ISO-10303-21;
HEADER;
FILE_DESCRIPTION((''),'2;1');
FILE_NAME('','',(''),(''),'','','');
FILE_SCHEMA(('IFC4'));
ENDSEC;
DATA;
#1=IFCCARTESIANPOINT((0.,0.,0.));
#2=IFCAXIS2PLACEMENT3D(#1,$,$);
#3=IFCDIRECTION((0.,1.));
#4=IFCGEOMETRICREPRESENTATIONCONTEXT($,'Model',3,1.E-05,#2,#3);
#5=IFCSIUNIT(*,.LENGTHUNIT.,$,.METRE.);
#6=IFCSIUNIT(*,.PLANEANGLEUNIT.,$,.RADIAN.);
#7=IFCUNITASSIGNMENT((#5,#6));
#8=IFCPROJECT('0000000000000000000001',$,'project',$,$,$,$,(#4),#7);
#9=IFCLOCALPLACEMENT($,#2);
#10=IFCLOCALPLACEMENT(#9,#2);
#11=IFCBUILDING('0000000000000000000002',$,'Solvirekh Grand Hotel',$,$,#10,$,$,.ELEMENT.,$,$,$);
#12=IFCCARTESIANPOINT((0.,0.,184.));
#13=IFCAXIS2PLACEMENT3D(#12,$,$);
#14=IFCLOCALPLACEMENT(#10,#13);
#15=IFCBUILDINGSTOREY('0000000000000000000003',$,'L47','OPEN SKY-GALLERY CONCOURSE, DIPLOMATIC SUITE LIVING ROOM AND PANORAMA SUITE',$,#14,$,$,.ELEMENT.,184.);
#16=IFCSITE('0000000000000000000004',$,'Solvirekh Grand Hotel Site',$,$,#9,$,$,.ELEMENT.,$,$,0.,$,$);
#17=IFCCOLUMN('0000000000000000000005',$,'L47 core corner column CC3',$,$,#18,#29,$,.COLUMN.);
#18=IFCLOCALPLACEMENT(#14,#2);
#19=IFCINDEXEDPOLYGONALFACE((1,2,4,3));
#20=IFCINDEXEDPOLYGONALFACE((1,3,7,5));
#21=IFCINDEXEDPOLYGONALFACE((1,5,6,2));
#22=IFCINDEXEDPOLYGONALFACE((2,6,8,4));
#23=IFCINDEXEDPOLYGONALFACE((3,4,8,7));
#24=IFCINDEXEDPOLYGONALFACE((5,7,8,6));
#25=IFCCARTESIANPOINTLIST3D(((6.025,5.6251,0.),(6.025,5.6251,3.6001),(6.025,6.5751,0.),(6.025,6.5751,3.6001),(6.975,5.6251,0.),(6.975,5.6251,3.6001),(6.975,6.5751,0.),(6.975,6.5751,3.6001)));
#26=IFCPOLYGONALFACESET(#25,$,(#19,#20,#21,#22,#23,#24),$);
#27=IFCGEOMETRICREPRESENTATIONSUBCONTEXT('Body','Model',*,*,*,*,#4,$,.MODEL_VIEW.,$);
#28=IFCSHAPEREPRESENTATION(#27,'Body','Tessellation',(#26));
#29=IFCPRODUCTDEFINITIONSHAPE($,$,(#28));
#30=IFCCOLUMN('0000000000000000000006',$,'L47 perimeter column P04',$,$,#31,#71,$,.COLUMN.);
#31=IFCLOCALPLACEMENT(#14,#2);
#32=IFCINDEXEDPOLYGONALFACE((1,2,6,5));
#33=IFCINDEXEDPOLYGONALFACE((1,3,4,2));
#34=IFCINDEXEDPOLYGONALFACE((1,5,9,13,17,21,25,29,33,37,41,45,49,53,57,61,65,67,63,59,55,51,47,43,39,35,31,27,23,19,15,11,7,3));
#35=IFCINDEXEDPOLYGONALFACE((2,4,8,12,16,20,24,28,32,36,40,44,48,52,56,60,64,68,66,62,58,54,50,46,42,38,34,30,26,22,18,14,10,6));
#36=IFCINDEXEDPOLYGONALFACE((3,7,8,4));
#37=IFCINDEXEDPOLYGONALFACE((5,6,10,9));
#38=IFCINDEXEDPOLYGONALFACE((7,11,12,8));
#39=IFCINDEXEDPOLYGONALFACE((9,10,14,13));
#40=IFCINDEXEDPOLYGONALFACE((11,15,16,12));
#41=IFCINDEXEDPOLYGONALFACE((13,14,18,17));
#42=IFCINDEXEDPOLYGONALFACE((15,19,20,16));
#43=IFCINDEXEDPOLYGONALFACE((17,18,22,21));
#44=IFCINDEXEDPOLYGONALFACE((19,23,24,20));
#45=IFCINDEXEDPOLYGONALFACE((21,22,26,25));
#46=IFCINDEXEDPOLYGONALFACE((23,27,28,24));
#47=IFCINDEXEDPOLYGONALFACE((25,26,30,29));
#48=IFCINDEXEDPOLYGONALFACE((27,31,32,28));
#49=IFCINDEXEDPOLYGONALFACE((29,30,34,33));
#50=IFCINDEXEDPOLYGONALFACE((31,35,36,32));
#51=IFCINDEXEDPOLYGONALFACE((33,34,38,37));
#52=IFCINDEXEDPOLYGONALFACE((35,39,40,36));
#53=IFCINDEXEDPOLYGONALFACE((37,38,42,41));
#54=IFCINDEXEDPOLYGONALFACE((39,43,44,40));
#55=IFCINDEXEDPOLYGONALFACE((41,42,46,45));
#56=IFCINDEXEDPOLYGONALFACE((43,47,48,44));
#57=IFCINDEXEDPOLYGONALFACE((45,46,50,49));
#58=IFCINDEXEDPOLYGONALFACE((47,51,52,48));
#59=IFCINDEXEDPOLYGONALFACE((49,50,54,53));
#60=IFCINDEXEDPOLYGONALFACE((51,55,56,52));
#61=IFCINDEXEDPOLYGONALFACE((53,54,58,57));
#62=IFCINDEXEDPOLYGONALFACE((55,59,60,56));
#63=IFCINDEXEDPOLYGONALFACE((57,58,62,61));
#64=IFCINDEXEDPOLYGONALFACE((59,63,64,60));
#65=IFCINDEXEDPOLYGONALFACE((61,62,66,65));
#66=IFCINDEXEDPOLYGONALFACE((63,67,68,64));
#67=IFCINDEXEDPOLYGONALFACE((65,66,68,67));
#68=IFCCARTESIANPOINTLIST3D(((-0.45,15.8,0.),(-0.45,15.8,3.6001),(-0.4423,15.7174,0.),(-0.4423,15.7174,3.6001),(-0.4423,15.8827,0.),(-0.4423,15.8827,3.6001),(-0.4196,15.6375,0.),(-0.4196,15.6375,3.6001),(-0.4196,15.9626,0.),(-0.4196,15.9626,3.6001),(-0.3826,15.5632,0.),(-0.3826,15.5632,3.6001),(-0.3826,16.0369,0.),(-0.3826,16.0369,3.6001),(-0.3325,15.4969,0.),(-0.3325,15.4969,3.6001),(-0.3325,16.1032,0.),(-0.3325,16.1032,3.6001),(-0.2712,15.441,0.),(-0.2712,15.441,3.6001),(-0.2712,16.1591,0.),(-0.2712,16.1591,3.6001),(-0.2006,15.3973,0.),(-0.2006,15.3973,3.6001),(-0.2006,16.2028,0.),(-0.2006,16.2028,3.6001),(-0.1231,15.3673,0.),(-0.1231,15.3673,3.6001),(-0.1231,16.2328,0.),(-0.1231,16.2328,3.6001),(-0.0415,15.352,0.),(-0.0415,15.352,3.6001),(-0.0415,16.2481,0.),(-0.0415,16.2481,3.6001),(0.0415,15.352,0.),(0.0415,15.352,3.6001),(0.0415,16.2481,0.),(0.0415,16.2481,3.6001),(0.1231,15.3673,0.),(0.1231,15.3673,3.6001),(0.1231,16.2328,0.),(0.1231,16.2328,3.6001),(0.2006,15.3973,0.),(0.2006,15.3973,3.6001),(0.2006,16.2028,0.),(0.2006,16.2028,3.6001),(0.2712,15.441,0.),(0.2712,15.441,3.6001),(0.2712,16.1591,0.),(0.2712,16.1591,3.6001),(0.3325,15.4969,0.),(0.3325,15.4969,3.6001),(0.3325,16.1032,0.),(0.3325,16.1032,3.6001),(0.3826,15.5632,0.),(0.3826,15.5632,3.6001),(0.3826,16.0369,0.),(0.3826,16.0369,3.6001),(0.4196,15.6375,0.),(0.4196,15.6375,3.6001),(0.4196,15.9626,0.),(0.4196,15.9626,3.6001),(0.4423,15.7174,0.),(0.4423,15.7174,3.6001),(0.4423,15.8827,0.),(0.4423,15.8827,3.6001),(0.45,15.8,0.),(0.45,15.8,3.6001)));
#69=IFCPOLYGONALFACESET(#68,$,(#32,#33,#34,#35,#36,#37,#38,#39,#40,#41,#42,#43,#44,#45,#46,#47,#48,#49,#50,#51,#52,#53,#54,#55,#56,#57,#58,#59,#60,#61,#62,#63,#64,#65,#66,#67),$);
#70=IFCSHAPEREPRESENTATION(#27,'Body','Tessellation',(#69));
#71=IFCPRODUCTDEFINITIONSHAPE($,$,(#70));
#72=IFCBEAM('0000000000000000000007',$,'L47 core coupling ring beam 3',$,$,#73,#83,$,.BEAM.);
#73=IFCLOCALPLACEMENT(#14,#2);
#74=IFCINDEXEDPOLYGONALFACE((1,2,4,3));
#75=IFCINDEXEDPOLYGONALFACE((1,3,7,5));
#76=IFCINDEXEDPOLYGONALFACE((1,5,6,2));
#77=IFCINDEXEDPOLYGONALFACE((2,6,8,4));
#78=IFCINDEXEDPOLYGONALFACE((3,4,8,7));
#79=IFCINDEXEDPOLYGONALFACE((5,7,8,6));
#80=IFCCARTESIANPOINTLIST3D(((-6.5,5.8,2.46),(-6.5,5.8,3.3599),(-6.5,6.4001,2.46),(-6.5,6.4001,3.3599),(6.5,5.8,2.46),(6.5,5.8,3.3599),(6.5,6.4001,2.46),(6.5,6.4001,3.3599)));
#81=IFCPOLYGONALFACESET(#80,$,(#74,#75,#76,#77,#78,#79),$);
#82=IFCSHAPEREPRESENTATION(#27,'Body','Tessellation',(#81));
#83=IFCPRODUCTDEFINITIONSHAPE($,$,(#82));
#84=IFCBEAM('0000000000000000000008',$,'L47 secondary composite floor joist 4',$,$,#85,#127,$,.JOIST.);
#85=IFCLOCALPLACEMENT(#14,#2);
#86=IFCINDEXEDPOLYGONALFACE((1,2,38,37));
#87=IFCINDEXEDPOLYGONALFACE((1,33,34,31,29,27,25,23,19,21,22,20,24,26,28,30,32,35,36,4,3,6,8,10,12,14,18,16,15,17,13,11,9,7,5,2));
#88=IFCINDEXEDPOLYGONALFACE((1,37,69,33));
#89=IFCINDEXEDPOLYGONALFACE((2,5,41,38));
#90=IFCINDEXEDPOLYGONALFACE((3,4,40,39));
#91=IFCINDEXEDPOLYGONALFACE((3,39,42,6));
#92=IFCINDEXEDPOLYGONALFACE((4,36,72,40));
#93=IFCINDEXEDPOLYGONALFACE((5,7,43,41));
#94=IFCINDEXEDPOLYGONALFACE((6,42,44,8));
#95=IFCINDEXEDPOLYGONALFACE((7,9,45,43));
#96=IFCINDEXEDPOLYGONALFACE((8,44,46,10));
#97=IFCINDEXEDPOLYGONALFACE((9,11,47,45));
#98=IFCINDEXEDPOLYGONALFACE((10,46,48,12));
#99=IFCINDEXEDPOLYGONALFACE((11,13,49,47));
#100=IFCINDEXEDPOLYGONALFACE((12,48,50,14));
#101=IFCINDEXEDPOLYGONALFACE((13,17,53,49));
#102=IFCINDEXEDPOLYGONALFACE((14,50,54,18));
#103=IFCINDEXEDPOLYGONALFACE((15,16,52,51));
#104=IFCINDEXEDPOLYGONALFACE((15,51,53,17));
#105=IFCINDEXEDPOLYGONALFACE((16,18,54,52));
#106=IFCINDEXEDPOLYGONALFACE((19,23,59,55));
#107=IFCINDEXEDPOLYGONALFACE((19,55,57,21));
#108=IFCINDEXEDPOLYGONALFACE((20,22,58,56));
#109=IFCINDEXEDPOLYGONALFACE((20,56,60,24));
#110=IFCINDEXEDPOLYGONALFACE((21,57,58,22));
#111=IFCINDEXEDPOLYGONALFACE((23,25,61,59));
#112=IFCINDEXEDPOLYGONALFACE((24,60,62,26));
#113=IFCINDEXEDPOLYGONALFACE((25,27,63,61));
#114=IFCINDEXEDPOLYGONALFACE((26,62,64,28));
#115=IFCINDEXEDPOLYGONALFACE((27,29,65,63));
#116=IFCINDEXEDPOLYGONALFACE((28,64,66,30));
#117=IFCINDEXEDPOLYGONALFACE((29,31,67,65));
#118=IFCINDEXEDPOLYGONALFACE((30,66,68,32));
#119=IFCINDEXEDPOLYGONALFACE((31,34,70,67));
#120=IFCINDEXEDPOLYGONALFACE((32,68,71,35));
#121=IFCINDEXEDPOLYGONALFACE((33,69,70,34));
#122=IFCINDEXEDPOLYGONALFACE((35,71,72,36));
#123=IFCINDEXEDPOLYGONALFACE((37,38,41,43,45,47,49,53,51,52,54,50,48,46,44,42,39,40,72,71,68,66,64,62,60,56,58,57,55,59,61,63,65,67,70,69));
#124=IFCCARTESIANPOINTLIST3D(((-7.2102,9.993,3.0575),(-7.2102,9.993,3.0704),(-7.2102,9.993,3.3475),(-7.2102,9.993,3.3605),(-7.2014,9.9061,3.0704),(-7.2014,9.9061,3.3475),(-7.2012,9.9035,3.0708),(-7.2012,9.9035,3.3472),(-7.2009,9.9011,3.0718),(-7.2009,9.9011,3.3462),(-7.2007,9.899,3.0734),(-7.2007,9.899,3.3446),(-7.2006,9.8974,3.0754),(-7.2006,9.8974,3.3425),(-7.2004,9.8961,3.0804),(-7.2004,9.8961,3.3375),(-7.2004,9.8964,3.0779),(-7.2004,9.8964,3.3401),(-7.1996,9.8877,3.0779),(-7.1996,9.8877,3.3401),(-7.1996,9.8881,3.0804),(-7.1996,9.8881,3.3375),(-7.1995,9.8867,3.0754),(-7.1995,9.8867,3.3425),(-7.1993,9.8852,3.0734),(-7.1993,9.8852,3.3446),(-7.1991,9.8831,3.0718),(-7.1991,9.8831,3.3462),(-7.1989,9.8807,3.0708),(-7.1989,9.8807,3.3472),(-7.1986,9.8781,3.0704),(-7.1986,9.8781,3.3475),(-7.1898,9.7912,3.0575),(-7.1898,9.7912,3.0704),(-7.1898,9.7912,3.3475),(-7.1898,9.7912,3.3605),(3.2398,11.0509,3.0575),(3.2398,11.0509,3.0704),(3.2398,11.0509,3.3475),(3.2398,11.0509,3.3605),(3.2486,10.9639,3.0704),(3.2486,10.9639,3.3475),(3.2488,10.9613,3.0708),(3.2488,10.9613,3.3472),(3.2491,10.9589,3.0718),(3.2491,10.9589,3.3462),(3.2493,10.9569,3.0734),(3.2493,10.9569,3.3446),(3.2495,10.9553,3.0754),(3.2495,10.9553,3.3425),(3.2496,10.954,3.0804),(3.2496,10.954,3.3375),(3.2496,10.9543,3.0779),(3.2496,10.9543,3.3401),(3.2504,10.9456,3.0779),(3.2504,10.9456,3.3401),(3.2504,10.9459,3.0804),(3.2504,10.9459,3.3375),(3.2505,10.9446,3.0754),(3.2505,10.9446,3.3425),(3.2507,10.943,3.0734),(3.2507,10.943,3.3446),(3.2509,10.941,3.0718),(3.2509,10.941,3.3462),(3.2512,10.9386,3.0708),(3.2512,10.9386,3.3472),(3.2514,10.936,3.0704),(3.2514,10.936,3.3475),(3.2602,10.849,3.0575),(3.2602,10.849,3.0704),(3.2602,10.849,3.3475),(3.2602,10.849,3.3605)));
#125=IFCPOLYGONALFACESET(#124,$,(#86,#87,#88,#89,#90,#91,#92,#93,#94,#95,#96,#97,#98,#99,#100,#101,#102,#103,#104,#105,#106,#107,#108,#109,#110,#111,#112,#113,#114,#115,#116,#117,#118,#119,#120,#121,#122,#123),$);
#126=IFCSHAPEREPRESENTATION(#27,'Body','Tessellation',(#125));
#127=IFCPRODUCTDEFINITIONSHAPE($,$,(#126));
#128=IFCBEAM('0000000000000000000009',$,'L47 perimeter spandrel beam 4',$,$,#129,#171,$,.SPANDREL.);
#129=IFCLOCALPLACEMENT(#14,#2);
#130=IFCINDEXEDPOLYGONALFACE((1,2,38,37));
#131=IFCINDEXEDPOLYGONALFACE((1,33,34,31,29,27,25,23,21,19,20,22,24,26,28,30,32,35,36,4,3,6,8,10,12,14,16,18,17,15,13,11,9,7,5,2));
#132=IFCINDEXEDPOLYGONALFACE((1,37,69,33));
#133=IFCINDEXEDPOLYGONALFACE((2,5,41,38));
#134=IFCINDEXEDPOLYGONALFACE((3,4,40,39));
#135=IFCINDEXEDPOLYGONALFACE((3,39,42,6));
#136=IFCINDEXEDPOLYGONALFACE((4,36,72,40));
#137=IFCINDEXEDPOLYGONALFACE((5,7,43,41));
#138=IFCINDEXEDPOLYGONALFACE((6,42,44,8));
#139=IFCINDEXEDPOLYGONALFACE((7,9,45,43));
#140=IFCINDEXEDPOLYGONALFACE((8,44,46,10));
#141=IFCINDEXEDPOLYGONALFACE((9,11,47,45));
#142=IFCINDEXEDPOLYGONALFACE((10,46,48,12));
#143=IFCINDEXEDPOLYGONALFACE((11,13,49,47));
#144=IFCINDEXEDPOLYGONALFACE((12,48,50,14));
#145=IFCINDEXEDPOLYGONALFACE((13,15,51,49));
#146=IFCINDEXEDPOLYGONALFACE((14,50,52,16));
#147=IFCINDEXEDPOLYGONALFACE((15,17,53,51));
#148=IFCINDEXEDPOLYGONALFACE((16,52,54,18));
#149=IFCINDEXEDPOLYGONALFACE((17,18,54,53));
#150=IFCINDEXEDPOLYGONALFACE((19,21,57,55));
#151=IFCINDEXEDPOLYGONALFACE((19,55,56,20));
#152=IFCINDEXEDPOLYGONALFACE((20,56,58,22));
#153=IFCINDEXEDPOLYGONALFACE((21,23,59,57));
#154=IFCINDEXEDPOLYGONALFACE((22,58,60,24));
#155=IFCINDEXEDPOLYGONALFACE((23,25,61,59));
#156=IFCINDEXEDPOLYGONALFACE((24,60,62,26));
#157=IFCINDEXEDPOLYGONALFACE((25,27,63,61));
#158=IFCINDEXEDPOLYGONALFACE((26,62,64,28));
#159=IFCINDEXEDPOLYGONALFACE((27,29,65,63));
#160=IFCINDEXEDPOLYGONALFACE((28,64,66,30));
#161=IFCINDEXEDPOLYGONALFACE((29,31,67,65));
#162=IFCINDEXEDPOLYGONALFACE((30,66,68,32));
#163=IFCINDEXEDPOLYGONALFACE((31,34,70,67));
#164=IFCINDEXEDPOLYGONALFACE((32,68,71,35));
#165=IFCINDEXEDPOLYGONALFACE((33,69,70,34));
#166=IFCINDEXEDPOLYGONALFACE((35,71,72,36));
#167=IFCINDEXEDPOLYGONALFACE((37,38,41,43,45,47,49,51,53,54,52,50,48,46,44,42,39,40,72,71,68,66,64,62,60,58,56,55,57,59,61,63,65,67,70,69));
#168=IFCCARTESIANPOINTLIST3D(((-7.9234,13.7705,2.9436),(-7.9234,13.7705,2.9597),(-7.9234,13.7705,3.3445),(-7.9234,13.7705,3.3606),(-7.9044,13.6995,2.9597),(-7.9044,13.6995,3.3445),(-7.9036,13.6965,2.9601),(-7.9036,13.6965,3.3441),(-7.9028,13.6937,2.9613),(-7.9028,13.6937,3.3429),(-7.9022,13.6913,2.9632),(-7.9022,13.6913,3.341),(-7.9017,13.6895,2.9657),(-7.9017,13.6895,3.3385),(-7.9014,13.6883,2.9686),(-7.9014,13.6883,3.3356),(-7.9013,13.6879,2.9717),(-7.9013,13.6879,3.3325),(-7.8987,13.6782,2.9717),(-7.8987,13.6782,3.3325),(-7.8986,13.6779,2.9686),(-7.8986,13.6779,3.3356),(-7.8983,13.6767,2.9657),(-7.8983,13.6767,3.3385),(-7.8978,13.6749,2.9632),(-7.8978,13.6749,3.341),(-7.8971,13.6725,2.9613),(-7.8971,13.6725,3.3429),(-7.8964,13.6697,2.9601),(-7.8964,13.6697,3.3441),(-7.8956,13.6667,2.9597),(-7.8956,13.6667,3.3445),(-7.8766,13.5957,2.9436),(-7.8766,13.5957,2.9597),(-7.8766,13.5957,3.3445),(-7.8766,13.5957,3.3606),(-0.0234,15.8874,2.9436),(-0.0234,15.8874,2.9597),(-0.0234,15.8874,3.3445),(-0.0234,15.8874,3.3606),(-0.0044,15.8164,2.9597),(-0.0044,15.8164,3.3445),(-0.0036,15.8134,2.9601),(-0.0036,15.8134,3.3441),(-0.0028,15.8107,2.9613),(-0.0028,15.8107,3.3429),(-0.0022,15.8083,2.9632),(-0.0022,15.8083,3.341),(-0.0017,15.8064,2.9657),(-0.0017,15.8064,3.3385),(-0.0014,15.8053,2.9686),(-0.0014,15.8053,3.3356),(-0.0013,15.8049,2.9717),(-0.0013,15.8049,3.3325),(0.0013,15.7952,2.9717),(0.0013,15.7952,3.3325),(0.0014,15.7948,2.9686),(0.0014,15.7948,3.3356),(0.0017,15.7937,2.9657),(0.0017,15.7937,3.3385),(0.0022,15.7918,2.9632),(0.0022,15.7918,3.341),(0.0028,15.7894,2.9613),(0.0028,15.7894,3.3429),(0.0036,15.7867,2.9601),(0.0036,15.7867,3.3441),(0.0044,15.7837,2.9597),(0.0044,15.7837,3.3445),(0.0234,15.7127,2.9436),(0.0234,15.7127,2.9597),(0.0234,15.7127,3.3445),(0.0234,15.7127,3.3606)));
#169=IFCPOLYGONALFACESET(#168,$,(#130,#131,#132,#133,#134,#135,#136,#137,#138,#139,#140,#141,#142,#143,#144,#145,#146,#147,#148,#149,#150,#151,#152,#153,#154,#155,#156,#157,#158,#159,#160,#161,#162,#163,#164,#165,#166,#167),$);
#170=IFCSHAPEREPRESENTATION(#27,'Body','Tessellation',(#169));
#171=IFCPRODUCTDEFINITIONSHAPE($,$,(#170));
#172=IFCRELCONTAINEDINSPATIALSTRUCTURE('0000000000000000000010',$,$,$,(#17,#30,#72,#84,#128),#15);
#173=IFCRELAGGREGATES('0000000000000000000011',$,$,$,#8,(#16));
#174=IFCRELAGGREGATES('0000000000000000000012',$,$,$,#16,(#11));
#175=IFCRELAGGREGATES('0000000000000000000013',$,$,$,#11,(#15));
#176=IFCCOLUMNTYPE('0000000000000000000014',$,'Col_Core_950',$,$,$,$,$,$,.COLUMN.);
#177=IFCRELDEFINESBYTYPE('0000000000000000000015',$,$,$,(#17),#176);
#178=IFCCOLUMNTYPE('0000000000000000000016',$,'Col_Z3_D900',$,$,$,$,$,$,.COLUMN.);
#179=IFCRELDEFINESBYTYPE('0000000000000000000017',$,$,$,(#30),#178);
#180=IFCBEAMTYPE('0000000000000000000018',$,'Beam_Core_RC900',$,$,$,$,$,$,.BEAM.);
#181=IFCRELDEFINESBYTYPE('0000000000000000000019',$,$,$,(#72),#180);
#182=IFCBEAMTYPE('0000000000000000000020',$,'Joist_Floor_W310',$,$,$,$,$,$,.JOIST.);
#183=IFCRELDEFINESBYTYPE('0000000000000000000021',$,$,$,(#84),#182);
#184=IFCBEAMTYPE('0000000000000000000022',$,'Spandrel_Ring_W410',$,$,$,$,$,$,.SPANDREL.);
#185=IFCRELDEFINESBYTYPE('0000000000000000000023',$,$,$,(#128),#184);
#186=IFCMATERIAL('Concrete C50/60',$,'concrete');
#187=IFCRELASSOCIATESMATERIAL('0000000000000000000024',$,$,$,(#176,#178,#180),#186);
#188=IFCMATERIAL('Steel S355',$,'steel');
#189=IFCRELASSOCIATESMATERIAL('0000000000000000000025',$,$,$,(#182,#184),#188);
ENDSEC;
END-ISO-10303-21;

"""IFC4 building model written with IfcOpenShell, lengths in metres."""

from ifc_helpers import new_model, si_unit, direction, frame, origin, origin_2d, place, context, subcontext, project, spatial, rectangle, circle, i_section, extrude, material, material_profile, profile_set, type_object, element, save


model = new_model("IFC4")

# Units and contexts
model_context = context("Model", 3, precision=1e-05, world=origin(), true_north=direction((0.0, 1.0)))
body_context = subcontext(model_context, "Body", "Model", "MODEL_VIEW")
ifc_project = project(units=[si_unit("LENGTHUNIT", "METRE"), si_unit("PLANEANGLEUNIT", "RADIAN")], contexts=[model_context])

# Site, building, storey
site_placement = place(None, origin())
site = spatial("IfcSite", under=ifc_project, at=site_placement, Name="Solvirekh Grand Hotel Site", CompositionType="ELEMENT", RefElevation=0.0)
building_placement = place(site_placement, origin())
building = spatial("IfcBuilding", under=site, at=building_placement, Name="Solvirekh Grand Hotel", CompositionType="ELEMENT")
storey_placement = place(building_placement, frame((0.0, 0.0, 184.0)))
storey = spatial("IfcBuildingStorey", under=building, at=storey_placement, Name="L47", Description="OPEN SKY-GALLERY CONCOURSE, DIPLOMATIC SUITE LIVING ROOM AND PANORAMA SUITE", CompositionType="ELEMENT", Elevation=184.0)

# Columns
ifc_material_1 = material(Name="Concrete C50/60", Category="concrete")
ifc_material_profile_1 = material_profile(ifc_material_1, rectangle(XDim=0.95, YDim=0.95, at=origin_2d()), Name="RC 950X950")
ifc_profile_set_1 = profile_set([ifc_material_profile_1], Name="Concrete C50/60")
column_type_1 = type_object("IfcColumnType", Name="Col_Core_950", PredefinedType="COLUMN", material=ifc_profile_set_1)
column_1_placement = place(storey_placement, frame((6.5, 6.1001, 0.0), z_axis=(0.0, 0.0, 1.0), x_axis=(1.0, 0.0, 0.0)))
element("IfcColumn", 1, at=column_1_placement, inside=storey, type_object=column_type_1, Name="L47 core corner column CC3", PredefinedType="COLUMN", context=body_context, shape_type="SweptSolid", body=[
    extrude(rectangle(XDim=0.95, YDim=0.95, at=origin_2d()), origin(), (0.0, 0.0, 1.0), 3.6001),
])
ifc_material_profile_2 = material_profile(ifc_material_1, circle(Radius=0.45, at=origin_2d()), Name="RC CIRC D900")
ifc_profile_set_2 = profile_set([ifc_material_profile_2], Name="Concrete C50/60")
column_type_2 = type_object("IfcColumnType", Name="Col_Z3_D900", PredefinedType="COLUMN", material=ifc_profile_set_2)
column_2_placement = place(storey_placement, frame((0.0, 15.8, 0.0), z_axis=(0.0, 0.0, 1.0), x_axis=(1.0, 0.0, 0.0)))
element("IfcColumn", 2, at=column_2_placement, inside=storey, type_object=column_type_2, Name="L47 perimeter column P04", PredefinedType="COLUMN", context=body_context, shape_type="SweptSolid", body=[
    extrude(circle(Radius=0.45, at=origin_2d()), origin(), (0.0, 0.0, 1.0), 3.6001),
])

# Beams
ifc_material_profile_3 = material_profile(ifc_material_1, rectangle(XDim=0.6001, YDim=0.8999, at=origin_2d()), Name="RC BEAM 600X900")
ifc_profile_set_3 = profile_set([ifc_material_profile_3], Name="Concrete C50/60")
beam_type_1 = type_object("IfcBeamType", Name="Beam_Core_RC900", PredefinedType="BEAM", material=ifc_profile_set_3)
beam_1_placement = place(storey_placement, frame((6.5, 6.1001, 2.9099), z_axis=(-1.0, 0.0, 0.0), x_axis=(0.0, -1.0, 0.0)))
element("IfcBeam", 3, at=beam_1_placement, inside=storey, type_object=beam_type_1, Name="L47 core coupling ring beam 3", PredefinedType="BEAM", context=body_context, shape_type="SweptSolid", body=[
    extrude(rectangle(XDim=0.6001, YDim=0.8999, at=origin_2d()), origin(), (0.0, 0.0, 1.0), 13.0),
])
ifc_material_2 = material(Name="Steel S355", Category="steel")
ifc_material_profile_4 = material_profile(ifc_material_2, i_section(OverallWidth=0.2029, OverallDepth=0.303, WebThickness=0.0081, FlangeThickness=0.0129, FilletRadius=0.01, at=origin_2d()), Name="W310X60")
ifc_profile_set_4 = profile_set([ifc_material_profile_4], Name="Steel S355")
beam_type_2 = type_object("IfcBeamType", Name="Joist_Floor_W310", PredefinedType="JOIST", material=ifc_profile_set_4)
beam_2_placement = place(storey_placement, frame((3.25, 10.95, 3.209), z_axis=(-0.994915, -0.100716, 0.0), x_axis=(0.100716, -0.994915, 0.0)))
element("IfcBeam", 4, at=beam_2_placement, inside=storey, type_object=beam_type_2, Name="L47 secondary composite floor joist 4", PredefinedType="JOIST", context=body_context, shape_type="SweptSolid", body=[
    extrude(i_section(OverallWidth=0.2029, OverallDepth=0.303, WebThickness=0.0081, FlangeThickness=0.0129, FilletRadius=0.01, at=origin_2d()), origin(), (0.0, 0.0, 1.0), 10.5034),
])
ifc_material_profile_5 = material_profile(ifc_material_2, i_section(OverallWidth=0.1809, OverallDepth=0.417, WebThickness=0.01, FlangeThickness=0.0161, FilletRadius=0.012, at=origin_2d()), Name="W410X85")
ifc_profile_set_5 = profile_set([ifc_material_profile_5], Name="Steel S355")
beam_type_3 = type_object("IfcBeamType", Name="Spandrel_Ring_W410", PredefinedType="SPANDREL", material=ifc_profile_set_5)
beam_3_placement = place(storey_placement, frame((0.0, 15.8, 3.1521), z_axis=(-0.965921, -0.258839, 0.0), x_axis=(0.258839, -0.965921, 0.0)))
element("IfcBeam", 5, at=beam_3_placement, inside=storey, type_object=beam_type_3, Name="L47 perimeter spandrel beam 4", PredefinedType="SPANDREL", context=body_context, shape_type="SweptSolid", body=[
    extrude(i_section(OverallWidth=0.1809, OverallDepth=0.417, WebThickness=0.01, FlangeThickness=0.0161, FilletRadius=0.012, at=origin_2d()), origin(), (0.0, 0.0, 1.0), 8.1787),
])

save(model, "model.ifc")
